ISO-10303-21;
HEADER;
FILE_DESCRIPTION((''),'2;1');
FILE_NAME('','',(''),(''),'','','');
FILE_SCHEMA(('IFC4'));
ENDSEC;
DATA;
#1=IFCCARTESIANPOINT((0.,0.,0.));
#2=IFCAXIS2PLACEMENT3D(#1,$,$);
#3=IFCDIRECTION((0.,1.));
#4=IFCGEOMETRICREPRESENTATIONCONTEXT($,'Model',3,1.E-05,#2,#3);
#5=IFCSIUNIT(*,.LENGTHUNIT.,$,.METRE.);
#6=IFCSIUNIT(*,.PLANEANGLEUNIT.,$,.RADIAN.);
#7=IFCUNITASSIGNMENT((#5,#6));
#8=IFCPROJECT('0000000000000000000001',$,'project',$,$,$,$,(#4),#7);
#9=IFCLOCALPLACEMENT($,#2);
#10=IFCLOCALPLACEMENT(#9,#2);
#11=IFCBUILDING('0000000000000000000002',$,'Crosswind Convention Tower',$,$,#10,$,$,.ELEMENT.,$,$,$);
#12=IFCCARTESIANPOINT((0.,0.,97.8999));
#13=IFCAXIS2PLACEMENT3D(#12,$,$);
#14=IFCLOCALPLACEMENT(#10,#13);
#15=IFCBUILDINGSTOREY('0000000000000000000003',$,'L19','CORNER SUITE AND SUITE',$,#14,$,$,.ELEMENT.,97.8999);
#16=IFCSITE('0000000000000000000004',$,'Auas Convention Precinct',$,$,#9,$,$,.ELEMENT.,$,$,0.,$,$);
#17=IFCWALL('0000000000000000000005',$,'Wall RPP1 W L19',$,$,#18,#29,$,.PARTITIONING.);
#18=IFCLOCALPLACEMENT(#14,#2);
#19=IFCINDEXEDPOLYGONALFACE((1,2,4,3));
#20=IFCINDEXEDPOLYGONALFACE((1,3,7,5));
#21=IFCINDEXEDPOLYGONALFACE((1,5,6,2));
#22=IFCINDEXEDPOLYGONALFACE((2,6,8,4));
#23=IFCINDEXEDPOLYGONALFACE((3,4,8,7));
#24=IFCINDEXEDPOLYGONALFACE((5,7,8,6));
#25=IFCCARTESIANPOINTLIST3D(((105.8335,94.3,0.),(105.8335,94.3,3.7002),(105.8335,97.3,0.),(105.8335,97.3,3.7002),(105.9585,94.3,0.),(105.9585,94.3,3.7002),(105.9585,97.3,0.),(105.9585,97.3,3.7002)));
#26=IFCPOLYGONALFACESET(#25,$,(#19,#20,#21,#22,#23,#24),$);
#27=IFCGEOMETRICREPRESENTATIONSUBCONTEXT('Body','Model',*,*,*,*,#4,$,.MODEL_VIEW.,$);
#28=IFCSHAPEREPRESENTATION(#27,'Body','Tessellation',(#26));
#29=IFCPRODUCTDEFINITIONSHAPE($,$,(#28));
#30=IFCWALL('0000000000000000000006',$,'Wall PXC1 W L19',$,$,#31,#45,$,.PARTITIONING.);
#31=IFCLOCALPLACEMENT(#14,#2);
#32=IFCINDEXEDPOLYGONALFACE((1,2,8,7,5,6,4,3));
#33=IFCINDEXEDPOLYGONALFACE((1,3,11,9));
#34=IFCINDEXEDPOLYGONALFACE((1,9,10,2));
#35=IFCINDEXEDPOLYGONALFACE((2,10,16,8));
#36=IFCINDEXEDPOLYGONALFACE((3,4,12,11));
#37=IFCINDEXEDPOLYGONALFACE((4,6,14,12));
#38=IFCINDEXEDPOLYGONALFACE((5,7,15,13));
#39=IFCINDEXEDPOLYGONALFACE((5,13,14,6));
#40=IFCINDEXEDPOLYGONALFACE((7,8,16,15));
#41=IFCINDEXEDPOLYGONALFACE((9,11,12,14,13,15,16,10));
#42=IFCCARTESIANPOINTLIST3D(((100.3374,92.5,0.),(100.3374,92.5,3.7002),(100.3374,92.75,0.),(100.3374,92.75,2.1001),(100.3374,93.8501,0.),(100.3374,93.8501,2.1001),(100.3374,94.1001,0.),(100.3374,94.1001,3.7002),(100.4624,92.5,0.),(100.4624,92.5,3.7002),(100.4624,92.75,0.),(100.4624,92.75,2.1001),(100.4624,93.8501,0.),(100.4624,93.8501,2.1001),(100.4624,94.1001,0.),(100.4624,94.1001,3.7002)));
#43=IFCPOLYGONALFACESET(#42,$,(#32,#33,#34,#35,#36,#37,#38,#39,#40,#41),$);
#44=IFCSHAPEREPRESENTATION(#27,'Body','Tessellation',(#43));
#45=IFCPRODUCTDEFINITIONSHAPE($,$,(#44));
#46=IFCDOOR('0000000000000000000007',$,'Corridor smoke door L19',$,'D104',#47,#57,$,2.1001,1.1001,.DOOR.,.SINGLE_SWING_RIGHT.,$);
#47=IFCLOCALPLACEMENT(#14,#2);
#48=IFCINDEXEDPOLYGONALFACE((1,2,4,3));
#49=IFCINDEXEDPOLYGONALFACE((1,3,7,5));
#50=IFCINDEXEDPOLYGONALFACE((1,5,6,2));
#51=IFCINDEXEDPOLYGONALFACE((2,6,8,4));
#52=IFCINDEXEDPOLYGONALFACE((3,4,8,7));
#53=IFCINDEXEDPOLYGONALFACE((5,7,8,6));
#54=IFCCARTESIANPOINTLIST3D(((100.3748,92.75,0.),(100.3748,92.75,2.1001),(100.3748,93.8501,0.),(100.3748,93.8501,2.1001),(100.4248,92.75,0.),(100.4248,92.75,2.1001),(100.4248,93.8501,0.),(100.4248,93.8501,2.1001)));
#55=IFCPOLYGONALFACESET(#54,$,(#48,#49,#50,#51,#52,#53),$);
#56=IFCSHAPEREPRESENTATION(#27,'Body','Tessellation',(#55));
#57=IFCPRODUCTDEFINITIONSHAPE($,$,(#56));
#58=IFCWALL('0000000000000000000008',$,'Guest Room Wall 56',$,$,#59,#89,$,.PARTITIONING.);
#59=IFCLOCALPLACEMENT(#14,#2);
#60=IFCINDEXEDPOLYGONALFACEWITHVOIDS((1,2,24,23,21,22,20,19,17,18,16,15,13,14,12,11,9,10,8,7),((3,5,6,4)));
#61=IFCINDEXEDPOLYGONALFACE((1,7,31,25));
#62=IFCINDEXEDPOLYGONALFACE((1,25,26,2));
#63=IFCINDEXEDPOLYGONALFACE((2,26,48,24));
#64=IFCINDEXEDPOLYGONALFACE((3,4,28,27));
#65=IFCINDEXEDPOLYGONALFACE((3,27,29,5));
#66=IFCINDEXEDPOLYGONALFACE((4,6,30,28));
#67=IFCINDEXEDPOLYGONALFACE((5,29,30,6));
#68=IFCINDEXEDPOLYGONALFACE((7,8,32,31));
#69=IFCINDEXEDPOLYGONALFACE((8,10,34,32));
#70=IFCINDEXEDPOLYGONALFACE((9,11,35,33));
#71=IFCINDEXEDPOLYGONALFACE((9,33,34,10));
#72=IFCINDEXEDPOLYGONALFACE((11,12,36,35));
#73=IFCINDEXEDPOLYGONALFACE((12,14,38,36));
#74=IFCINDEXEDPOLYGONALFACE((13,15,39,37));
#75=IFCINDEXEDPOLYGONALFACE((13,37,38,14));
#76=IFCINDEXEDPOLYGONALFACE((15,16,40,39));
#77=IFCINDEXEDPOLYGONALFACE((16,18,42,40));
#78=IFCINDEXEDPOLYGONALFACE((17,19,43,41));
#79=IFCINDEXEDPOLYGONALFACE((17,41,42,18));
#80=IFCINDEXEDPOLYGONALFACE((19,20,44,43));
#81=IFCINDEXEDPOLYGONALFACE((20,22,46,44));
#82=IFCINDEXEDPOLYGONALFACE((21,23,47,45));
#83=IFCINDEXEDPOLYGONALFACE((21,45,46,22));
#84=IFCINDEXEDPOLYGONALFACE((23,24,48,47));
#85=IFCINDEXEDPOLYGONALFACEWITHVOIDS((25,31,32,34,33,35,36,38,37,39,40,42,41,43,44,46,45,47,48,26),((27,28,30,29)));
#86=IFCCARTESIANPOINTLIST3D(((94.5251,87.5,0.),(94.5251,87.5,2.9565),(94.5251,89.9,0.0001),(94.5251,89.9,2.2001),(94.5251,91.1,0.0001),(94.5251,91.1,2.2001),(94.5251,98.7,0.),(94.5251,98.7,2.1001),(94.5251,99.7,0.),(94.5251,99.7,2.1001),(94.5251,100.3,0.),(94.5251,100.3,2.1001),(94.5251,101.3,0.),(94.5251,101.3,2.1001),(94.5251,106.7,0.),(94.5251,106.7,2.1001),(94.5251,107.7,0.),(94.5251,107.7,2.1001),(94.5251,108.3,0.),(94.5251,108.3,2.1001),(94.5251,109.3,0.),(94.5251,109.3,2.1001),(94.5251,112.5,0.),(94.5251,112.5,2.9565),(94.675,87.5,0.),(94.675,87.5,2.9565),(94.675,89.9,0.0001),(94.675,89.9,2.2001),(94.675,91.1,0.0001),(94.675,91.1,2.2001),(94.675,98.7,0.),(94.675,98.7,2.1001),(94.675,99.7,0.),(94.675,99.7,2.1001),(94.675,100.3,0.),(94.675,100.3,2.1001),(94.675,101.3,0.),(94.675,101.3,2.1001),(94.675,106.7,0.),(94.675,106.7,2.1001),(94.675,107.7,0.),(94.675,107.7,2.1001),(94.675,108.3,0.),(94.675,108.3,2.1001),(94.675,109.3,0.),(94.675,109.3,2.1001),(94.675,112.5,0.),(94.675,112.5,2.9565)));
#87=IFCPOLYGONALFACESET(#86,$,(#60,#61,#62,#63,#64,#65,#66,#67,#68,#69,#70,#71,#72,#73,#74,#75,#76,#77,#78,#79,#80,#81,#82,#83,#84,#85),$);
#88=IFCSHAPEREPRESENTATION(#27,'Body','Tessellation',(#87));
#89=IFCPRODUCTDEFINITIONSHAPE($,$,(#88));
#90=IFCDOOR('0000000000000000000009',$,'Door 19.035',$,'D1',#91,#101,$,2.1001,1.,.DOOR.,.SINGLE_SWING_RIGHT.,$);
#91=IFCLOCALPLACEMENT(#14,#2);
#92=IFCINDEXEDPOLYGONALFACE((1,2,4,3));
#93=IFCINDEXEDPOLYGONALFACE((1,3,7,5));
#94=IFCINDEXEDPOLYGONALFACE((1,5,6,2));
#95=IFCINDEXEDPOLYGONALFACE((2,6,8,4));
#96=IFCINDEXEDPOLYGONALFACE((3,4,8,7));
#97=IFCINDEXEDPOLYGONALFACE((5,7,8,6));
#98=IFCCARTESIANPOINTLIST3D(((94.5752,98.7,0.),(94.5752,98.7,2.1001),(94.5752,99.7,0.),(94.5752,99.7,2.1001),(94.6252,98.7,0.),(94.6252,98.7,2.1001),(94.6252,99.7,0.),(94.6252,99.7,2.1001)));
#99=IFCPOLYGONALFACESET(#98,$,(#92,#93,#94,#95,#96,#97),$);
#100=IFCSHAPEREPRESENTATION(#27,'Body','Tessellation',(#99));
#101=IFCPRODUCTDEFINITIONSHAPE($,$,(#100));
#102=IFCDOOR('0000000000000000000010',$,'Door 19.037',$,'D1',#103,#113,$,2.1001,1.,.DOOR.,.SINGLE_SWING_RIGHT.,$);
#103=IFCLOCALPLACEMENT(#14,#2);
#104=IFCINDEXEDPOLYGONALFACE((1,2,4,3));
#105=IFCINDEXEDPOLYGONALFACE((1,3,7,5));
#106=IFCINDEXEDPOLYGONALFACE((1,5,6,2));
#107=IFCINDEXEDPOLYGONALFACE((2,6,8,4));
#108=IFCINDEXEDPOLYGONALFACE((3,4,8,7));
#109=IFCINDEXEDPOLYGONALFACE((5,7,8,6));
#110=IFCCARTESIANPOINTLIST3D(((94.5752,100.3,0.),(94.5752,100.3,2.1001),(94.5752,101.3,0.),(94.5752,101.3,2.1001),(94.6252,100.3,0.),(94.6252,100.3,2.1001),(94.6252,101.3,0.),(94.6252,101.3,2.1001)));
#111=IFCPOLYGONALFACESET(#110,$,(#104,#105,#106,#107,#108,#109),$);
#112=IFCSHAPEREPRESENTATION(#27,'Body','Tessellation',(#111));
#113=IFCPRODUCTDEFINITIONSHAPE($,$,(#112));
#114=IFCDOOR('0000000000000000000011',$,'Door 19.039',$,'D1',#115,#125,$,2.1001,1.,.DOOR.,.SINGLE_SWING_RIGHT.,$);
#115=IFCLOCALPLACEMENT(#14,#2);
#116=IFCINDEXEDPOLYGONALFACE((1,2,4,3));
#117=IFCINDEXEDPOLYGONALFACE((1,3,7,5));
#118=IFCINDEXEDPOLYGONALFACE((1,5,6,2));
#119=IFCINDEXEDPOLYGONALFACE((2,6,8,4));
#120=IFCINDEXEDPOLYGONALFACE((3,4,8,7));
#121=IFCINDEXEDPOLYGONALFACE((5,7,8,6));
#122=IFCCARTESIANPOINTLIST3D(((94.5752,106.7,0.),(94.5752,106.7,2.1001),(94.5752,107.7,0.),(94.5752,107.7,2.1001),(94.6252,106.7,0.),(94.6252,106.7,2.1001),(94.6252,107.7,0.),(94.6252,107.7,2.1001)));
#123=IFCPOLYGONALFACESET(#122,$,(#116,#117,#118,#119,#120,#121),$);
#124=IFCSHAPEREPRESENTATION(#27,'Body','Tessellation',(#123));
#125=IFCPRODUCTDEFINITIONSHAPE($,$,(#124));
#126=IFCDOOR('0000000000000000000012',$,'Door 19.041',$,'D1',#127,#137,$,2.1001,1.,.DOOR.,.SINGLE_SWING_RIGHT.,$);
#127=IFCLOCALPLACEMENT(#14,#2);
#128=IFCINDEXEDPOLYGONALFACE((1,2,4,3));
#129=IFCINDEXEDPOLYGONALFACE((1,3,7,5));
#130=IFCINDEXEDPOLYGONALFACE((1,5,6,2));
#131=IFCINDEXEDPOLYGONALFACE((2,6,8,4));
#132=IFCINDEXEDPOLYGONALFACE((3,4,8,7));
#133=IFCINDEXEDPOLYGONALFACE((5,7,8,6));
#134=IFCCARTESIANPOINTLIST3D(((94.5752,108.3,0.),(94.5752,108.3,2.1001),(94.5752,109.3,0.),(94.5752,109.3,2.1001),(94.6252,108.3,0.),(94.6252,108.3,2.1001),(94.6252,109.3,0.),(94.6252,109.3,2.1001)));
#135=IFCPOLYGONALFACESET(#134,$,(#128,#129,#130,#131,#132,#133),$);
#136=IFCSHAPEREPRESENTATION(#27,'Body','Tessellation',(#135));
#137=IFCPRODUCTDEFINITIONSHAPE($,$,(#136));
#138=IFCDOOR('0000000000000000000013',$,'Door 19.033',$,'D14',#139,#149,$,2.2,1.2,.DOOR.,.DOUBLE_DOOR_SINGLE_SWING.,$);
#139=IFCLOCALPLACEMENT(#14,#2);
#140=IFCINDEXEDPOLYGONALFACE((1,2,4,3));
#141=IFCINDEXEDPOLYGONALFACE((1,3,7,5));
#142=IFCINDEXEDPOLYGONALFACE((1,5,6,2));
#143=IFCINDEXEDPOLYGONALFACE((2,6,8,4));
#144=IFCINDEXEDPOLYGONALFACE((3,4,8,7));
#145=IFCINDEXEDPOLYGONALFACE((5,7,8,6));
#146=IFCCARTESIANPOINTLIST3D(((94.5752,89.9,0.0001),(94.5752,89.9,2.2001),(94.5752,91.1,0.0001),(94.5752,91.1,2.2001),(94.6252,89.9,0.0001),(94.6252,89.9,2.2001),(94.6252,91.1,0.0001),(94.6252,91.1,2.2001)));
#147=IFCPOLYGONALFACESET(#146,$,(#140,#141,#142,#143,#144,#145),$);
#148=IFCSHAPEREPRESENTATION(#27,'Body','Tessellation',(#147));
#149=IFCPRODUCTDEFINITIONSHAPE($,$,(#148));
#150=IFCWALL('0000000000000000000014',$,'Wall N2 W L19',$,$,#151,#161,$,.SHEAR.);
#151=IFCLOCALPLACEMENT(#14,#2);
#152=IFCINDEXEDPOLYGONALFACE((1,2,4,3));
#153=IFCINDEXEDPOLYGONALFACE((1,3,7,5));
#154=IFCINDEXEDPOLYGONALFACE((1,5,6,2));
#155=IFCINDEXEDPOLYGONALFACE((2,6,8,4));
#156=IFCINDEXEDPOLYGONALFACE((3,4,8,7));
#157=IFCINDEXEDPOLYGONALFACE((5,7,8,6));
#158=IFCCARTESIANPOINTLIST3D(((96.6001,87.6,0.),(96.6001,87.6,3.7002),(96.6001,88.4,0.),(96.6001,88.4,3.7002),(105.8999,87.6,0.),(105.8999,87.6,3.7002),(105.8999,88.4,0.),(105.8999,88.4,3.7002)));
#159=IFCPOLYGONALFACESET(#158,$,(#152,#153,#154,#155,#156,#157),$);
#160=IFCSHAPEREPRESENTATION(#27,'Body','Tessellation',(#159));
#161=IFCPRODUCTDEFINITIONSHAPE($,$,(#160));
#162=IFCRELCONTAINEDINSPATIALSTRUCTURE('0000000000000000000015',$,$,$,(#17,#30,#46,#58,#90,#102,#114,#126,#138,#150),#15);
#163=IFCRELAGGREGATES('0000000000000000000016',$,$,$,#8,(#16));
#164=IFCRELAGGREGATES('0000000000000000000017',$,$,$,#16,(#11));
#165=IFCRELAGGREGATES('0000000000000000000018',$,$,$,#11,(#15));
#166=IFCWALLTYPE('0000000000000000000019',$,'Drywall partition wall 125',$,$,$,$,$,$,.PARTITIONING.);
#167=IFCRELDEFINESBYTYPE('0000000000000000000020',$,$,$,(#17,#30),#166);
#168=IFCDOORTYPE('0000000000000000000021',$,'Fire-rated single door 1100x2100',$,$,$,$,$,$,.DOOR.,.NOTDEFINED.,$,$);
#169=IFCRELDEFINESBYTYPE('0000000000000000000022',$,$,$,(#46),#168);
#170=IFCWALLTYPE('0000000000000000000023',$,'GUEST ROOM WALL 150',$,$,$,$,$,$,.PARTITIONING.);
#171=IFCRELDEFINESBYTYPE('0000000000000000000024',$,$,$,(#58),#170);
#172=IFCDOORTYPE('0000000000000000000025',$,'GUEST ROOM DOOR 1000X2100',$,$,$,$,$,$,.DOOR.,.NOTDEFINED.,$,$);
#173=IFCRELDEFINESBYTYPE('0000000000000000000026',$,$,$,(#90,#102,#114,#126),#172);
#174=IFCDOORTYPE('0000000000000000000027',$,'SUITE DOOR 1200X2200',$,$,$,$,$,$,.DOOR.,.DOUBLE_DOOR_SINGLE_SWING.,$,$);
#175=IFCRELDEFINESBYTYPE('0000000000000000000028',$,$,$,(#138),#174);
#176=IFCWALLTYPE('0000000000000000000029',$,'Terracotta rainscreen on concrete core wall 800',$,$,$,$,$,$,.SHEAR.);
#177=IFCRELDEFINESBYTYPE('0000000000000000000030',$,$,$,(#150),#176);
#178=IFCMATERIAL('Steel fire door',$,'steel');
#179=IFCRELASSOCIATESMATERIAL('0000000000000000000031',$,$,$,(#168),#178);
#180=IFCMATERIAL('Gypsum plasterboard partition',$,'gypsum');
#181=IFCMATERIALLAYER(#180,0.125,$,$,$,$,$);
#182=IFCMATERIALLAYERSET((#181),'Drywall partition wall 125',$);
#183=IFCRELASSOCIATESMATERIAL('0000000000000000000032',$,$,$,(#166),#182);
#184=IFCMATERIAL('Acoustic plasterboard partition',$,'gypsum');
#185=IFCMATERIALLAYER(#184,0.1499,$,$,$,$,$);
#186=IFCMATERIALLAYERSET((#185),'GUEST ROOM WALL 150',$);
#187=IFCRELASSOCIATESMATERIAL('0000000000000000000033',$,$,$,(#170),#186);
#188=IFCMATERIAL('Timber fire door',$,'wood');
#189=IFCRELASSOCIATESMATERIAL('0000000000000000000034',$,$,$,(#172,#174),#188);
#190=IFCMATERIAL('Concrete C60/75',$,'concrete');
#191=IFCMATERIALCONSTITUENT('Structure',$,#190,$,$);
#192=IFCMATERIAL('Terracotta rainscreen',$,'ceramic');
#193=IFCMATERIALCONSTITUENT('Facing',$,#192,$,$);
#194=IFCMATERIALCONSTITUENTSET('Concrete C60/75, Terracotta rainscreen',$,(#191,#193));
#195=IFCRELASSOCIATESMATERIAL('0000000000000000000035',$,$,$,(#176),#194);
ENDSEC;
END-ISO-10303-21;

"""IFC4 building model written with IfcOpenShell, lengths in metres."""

from ifc_helpers import new_model, si_unit, direction, frame, frame_2d, origin, place, context, subcontext, project, spatial, rectangle, extrude, material, layer, layer_set, constituent, constituent_set, type_object, element, fill, save


model = new_model("IFC4")

# Units and contexts
model_context = context("Model", 3, precision=1e-05, world=origin(), true_north=direction((0.0, 1.0)))
body_context = subcontext(model_context, "Body", "Model", "MODEL_VIEW")
ifc_project = project(units=[si_unit("LENGTHUNIT", "METRE"), si_unit("PLANEANGLEUNIT", "RADIAN")], contexts=[model_context])

# Site, building, storey
site_placement = place(None, origin())
site = spatial("IfcSite", under=ifc_project, at=site_placement, Name="Auas Convention Precinct", CompositionType="ELEMENT", RefElevation=0.0)
building_placement = place(site_placement, origin())
building = spatial("IfcBuilding", under=site, at=building_placement, Name="Crosswind Convention Tower", CompositionType="ELEMENT")
storey_placement = place(building_placement, frame((0.0, 0.0, 97.8999)))
storey = spatial("IfcBuildingStorey", under=building, at=storey_placement, Name="L19", Description="CORNER SUITE AND SUITE", CompositionType="ELEMENT", Elevation=97.8999)

# Shared definitions
ifc_material_1 = material(Name="Steel fire door", Category="steel")
door_type_1 = type_object("IfcDoorType", Name="Fire-rated single door 1100x2100", OperationType="NOTDEFINED", PredefinedType="DOOR", material=ifc_material_1)

# Wall
ifc_material_2 = material(Name="Gypsum plasterboard partition", Category="gypsum")
ifc_layer_1 = layer(ifc_material_2, 0.125)
ifc_layer_set_1 = layer_set([ifc_layer_1], Name="Drywall partition wall 125")
wall_type_1 = type_object("IfcWallType", Name="Drywall partition wall 125", PredefinedType="PARTITIONING", material=ifc_layer_set_1)
wall_1_placement = place(storey_placement, frame((105.896, 97.3, 0.0), z_axis=(0.0, 0.0, 1.0), x_axis=(0.0, -1.0, 0.0)))
element("IfcWall", 1, at=wall_1_placement, inside=storey, type_object=wall_type_1, Name="Wall RPP1 W L19", PredefinedType="PARTITIONING", context=body_context, shape_type="SweptSolid", body=[
    extrude(rectangle(XDim=3.0, YDim=0.125, at=frame_2d((1.5, 0.0))), origin(), (0.0, 0.0, 1.0), 3.7002),
])

# Wall, opening, door
wall_2_placement = place(storey_placement, frame((100.3999, 94.1001, 0.0), z_axis=(0.0, 0.0, 1.0), x_axis=(0.0, -1.0, 0.0)))
wall_2 = element("IfcWall", 2, at=wall_2_placement, inside=storey, type_object=wall_type_1, Name="Wall PXC1 W L19", PredefinedType="PARTITIONING", context=body_context, shape_type="SweptSolid", body=[
    extrude(rectangle(XDim=1.6001, YDim=0.125, at=frame_2d((0.8, 0.0))), origin(), (0.0, 0.0, 1.0), 3.7002),
])
opening_1_placement = place(wall_2_placement, frame((0.25, 0.0, 0.0)))
opening_1 = element("IfcOpeningElement", 3, at=opening_1_placement, cuts=wall_2, PredefinedType="OPENING", context=body_context, shape_type="SweptSolid", body=[
    extrude(rectangle(XDim=1.1001, YDim=2.1001, at=frame_2d((0.55, 1.05))), frame((0.0, 0.0725, 0.0), z_axis=(0.0, -1.0, 0.0), x_axis=(1.0, 0.0, 0.0)), (0.0, 0.0, 1.0), 0.145),
])
door_1_placement = place(opening_1_placement, origin())
door_1 = element("IfcDoor", 4, at=door_1_placement, inside=storey, type_object=door_type_1, Name="Corridor smoke door L19", ObjectType="D104", OperationType="SINGLE_SWING_RIGHT", OverallHeight=2.1001, OverallWidth=1.1001, PredefinedType="DOOR", context=body_context, shape_type="SweptSolid", body=[
    extrude(rectangle(XDim=1.1001, YDim=2.1001, at=frame_2d((0.55, 1.05))), frame((0.0, 0.0249, 0.0), z_axis=(0.0, -1.0, 0.0), x_axis=(1.0, 0.0, 0.0)), (0.0, 0.0, 1.0), 0.05),
])
fill(opening_1, door_1)

# Wall, openings, doors
ifc_material_3 = material(Name="Acoustic plasterboard partition", Category="gypsum")
ifc_layer_2 = layer(ifc_material_3, 0.1499)
ifc_layer_set_2 = layer_set([ifc_layer_2], Name="GUEST ROOM WALL 150")
wall_type_2 = type_object("IfcWallType", Name="GUEST ROOM WALL 150", PredefinedType="PARTITIONING", material=ifc_layer_set_2)
wall_3_placement = place(storey_placement, frame((94.6001, 87.5, 0.0), z_axis=(0.0, 0.0, 1.0), x_axis=(0.0, 1.0, 0.0)))
wall_3 = element("IfcWall", 5, at=wall_3_placement, inside=storey, type_object=wall_type_2, Name="Guest Room Wall 56", PredefinedType="PARTITIONING", context=body_context, shape_type="SweptSolid", body=[
    extrude(rectangle(XDim=25.0, YDim=0.1499, at=frame_2d((12.5, 0.0))), origin(), (0.0, 0.0, 1.0), 2.9565),
])
opening_2_placement = place(wall_3_placement, frame((2.3999, 0.0, 0.0)))
opening_2 = element("IfcOpeningElement", 6, at=opening_2_placement, cuts=wall_3, PredefinedType="OPENING", context=body_context, shape_type="SweptSolid", body=[
    extrude(rectangle(XDim=1.2, YDim=2.2, at=frame_2d((0.6001, 1.1001))), frame((0.0, 0.085, 0.0), z_axis=(0.0, -1.0, 0.0), x_axis=(1.0, 0.0, 0.0)), (0.0, 0.0, 1.0), 0.1699),
])
opening_3_placement = place(wall_3_placement, frame((11.2, 0.0, 0.0)))
opening_3 = element("IfcOpeningElement", 7, at=opening_3_placement, cuts=wall_3, PredefinedType="OPENING", context=body_context, shape_type="SweptSolid", body=[
    extrude(rectangle(XDim=1.0, YDim=2.1001, at=frame_2d((0.5, 1.05))), frame((0.0, 0.085, 0.0), z_axis=(0.0, -1.0, 0.0), x_axis=(1.0, 0.0, 0.0)), (0.0, 0.0, 1.0), 0.1699),
])
opening_4_placement = place(wall_3_placement, frame((12.8, 0.0, 0.0)))
opening_4 = element("IfcOpeningElement", 8, at=opening_4_placement, cuts=wall_3, PredefinedType="OPENING", context=body_context, shape_type="SweptSolid", body=[
    extrude(rectangle(XDim=1.0, YDim=2.1001, at=frame_2d((0.5, 1.05))), frame((0.0, 0.085, 0.0), z_axis=(0.0, -1.0, 0.0), x_axis=(1.0, 0.0, 0.0)), (0.0, 0.0, 1.0), 0.1699),
])
opening_5_placement = place(wall_3_placement, frame((19.2, 0.0, 0.0)))
opening_5 = element("IfcOpeningElement", 9, at=opening_5_placement, cuts=wall_3, PredefinedType="OPENING", context=body_context, shape_type="SweptSolid", body=[
    extrude(rectangle(XDim=1.0, YDim=2.1001, at=frame_2d((0.5, 1.05))), frame((0.0, 0.085, 0.0), z_axis=(0.0, -1.0, 0.0), x_axis=(1.0, 0.0, 0.0)), (0.0, 0.0, 1.0), 0.1699),
])
opening_6_placement = place(wall_3_placement, frame((20.8, 0.0, 0.0)))
opening_6 = element("IfcOpeningElement", 10, at=opening_6_placement, cuts=wall_3, PredefinedType="OPENING", context=body_context, shape_type="SweptSolid", body=[
    extrude(rectangle(XDim=1.0, YDim=2.1001, at=frame_2d((0.5, 1.05))), frame((0.0, 0.085, 0.0), z_axis=(0.0, -1.0, 0.0), x_axis=(1.0, 0.0, 0.0)), (0.0, 0.0, 1.0), 0.1699),
])
ifc_material_4 = material(Name="Timber fire door", Category="wood")
door_type_2 = type_object("IfcDoorType", Name="GUEST ROOM DOOR 1000X2100", OperationType="NOTDEFINED", PredefinedType="DOOR", material=ifc_material_4)
door_2_placement = place(opening_3_placement, origin())
door_2 = element("IfcDoor", 11, at=door_2_placement, inside=storey, type_object=door_type_2, Name="Door 19.035", ObjectType="D1", OperationType="SINGLE_SWING_RIGHT", OverallHeight=2.1001, OverallWidth=1.0, PredefinedType="DOOR", context=body_context, shape_type="SweptSolid", body=[
    extrude(rectangle(XDim=1.0, YDim=2.1001, at=frame_2d((0.5, 1.05))), frame((0.0, 0.0249, 0.0), z_axis=(0.0, -1.0, 0.0), x_axis=(1.0, 0.0, 0.0)), (0.0, 0.0, 1.0), 0.05),
])
fill(opening_3, door_2)
door_3_placement = place(opening_4_placement, origin())
door_3 = element("IfcDoor", 12, at=door_3_placement, inside=storey, type_object=door_type_2, Name="Door 19.037", ObjectType="D1", OperationType="SINGLE_SWING_RIGHT", OverallHeight=2.1001, OverallWidth=1.0, PredefinedType="DOOR", context=body_context, shape_type="SweptSolid", body=[
    extrude(rectangle(XDim=1.0, YDim=2.1001, at=frame_2d((0.5, 1.05))), frame((0.0, 0.0249, 0.0), z_axis=(0.0, -1.0, 0.0), x_axis=(1.0, 0.0, 0.0)), (0.0, 0.0, 1.0), 0.05),
])
fill(opening_4, door_3)
door_4_placement = place(opening_5_placement, origin())
door_4 = element("IfcDoor", 13, at=door_4_placement, inside=storey, type_object=door_type_2, Name="Door 19.039", ObjectType="D1", OperationType="SINGLE_SWING_RIGHT", OverallHeight=2.1001, OverallWidth=1.0, PredefinedType="DOOR", context=body_context, shape_type="SweptSolid", body=[
    extrude(rectangle(XDim=1.0, YDim=2.1001, at=frame_2d((0.5, 1.05))), frame((0.0, 0.0249, 0.0), z_axis=(0.0, -1.0, 0.0), x_axis=(1.0, 0.0, 0.0)), (0.0, 0.0, 1.0), 0.05),
])
fill(opening_5, door_4)
door_5_placement = place(opening_6_placement, origin())
door_5 = element("IfcDoor", 14, at=door_5_placement, inside=storey, type_object=door_type_2, Name="Door 19.041", ObjectType="D1", OperationType="SINGLE_SWING_RIGHT", OverallHeight=2.1001, OverallWidth=1.0, PredefinedType="DOOR", context=body_context, shape_type="SweptSolid", body=[
    extrude(rectangle(XDim=1.0, YDim=2.1001, at=frame_2d((0.5, 1.05))), frame((0.0, 0.0249, 0.0), z_axis=(0.0, -1.0, 0.0), x_axis=(1.0, 0.0, 0.0)), (0.0, 0.0, 1.0), 0.05),
])
fill(opening_6, door_5)
door_type_3 = type_object("IfcDoorType", Name="SUITE DOOR 1200X2200", OperationType="DOUBLE_DOOR_SINGLE_SWING", PredefinedType="DOOR", material=ifc_material_4)
door_6_placement = place(opening_2_placement, origin())
door_6 = element("IfcDoor", 15, at=door_6_placement, inside=storey, type_object=door_type_3, Name="Door 19.033", ObjectType="D14", OperationType="DOUBLE_DOOR_SINGLE_SWING", OverallHeight=2.2, OverallWidth=1.2, PredefinedType="DOOR", context=body_context, shape_type="SweptSolid", body=[
    extrude(rectangle(XDim=1.2, YDim=2.2, at=frame_2d((0.6001, 1.1001))), frame((0.0, 0.0249, 0.0), z_axis=(0.0, -1.0, 0.0), x_axis=(1.0, 0.0, 0.0)), (0.0, 0.0, 1.0), 0.05),
])
fill(opening_2, door_6)

# Wall
ifc_material_5 = material(Name="Concrete C60/75", Category="concrete")
ifc_constituent_1 = constituent(ifc_material_5, Name="Structure")
ifc_material_6 = material(Name="Terracotta rainscreen", Category="ceramic")
ifc_constituent_2 = constituent(ifc_material_6, Name="Facing")
ifc_constituent_set = constituent_set(constituents=[ifc_constituent_1, ifc_constituent_2], Name="Concrete C60/75, Terracotta rainscreen")
wall_type_3 = type_object("IfcWallType", Name="Terracotta rainscreen on concrete core wall 800", PredefinedType="SHEAR", material=ifc_constituent_set)
wall_4_placement = place(storey_placement, frame((105.8999, 88.0, 0.0), z_axis=(0.0, 0.0, 1.0), x_axis=(-1.0, 0.0, 0.0)))
element("IfcWall", 16, at=wall_4_placement, inside=storey, type_object=wall_type_3, Name="Wall N2 W L19", PredefinedType="SHEAR", context=body_context, shape_type="SweptSolid", body=[
    extrude(rectangle(XDim=9.2998, YDim=0.8, at=frame_2d((4.6499, 0.0))), origin(), (0.0, 0.0, 1.0), 3.7002),
])

save(model, "model.ifc")
